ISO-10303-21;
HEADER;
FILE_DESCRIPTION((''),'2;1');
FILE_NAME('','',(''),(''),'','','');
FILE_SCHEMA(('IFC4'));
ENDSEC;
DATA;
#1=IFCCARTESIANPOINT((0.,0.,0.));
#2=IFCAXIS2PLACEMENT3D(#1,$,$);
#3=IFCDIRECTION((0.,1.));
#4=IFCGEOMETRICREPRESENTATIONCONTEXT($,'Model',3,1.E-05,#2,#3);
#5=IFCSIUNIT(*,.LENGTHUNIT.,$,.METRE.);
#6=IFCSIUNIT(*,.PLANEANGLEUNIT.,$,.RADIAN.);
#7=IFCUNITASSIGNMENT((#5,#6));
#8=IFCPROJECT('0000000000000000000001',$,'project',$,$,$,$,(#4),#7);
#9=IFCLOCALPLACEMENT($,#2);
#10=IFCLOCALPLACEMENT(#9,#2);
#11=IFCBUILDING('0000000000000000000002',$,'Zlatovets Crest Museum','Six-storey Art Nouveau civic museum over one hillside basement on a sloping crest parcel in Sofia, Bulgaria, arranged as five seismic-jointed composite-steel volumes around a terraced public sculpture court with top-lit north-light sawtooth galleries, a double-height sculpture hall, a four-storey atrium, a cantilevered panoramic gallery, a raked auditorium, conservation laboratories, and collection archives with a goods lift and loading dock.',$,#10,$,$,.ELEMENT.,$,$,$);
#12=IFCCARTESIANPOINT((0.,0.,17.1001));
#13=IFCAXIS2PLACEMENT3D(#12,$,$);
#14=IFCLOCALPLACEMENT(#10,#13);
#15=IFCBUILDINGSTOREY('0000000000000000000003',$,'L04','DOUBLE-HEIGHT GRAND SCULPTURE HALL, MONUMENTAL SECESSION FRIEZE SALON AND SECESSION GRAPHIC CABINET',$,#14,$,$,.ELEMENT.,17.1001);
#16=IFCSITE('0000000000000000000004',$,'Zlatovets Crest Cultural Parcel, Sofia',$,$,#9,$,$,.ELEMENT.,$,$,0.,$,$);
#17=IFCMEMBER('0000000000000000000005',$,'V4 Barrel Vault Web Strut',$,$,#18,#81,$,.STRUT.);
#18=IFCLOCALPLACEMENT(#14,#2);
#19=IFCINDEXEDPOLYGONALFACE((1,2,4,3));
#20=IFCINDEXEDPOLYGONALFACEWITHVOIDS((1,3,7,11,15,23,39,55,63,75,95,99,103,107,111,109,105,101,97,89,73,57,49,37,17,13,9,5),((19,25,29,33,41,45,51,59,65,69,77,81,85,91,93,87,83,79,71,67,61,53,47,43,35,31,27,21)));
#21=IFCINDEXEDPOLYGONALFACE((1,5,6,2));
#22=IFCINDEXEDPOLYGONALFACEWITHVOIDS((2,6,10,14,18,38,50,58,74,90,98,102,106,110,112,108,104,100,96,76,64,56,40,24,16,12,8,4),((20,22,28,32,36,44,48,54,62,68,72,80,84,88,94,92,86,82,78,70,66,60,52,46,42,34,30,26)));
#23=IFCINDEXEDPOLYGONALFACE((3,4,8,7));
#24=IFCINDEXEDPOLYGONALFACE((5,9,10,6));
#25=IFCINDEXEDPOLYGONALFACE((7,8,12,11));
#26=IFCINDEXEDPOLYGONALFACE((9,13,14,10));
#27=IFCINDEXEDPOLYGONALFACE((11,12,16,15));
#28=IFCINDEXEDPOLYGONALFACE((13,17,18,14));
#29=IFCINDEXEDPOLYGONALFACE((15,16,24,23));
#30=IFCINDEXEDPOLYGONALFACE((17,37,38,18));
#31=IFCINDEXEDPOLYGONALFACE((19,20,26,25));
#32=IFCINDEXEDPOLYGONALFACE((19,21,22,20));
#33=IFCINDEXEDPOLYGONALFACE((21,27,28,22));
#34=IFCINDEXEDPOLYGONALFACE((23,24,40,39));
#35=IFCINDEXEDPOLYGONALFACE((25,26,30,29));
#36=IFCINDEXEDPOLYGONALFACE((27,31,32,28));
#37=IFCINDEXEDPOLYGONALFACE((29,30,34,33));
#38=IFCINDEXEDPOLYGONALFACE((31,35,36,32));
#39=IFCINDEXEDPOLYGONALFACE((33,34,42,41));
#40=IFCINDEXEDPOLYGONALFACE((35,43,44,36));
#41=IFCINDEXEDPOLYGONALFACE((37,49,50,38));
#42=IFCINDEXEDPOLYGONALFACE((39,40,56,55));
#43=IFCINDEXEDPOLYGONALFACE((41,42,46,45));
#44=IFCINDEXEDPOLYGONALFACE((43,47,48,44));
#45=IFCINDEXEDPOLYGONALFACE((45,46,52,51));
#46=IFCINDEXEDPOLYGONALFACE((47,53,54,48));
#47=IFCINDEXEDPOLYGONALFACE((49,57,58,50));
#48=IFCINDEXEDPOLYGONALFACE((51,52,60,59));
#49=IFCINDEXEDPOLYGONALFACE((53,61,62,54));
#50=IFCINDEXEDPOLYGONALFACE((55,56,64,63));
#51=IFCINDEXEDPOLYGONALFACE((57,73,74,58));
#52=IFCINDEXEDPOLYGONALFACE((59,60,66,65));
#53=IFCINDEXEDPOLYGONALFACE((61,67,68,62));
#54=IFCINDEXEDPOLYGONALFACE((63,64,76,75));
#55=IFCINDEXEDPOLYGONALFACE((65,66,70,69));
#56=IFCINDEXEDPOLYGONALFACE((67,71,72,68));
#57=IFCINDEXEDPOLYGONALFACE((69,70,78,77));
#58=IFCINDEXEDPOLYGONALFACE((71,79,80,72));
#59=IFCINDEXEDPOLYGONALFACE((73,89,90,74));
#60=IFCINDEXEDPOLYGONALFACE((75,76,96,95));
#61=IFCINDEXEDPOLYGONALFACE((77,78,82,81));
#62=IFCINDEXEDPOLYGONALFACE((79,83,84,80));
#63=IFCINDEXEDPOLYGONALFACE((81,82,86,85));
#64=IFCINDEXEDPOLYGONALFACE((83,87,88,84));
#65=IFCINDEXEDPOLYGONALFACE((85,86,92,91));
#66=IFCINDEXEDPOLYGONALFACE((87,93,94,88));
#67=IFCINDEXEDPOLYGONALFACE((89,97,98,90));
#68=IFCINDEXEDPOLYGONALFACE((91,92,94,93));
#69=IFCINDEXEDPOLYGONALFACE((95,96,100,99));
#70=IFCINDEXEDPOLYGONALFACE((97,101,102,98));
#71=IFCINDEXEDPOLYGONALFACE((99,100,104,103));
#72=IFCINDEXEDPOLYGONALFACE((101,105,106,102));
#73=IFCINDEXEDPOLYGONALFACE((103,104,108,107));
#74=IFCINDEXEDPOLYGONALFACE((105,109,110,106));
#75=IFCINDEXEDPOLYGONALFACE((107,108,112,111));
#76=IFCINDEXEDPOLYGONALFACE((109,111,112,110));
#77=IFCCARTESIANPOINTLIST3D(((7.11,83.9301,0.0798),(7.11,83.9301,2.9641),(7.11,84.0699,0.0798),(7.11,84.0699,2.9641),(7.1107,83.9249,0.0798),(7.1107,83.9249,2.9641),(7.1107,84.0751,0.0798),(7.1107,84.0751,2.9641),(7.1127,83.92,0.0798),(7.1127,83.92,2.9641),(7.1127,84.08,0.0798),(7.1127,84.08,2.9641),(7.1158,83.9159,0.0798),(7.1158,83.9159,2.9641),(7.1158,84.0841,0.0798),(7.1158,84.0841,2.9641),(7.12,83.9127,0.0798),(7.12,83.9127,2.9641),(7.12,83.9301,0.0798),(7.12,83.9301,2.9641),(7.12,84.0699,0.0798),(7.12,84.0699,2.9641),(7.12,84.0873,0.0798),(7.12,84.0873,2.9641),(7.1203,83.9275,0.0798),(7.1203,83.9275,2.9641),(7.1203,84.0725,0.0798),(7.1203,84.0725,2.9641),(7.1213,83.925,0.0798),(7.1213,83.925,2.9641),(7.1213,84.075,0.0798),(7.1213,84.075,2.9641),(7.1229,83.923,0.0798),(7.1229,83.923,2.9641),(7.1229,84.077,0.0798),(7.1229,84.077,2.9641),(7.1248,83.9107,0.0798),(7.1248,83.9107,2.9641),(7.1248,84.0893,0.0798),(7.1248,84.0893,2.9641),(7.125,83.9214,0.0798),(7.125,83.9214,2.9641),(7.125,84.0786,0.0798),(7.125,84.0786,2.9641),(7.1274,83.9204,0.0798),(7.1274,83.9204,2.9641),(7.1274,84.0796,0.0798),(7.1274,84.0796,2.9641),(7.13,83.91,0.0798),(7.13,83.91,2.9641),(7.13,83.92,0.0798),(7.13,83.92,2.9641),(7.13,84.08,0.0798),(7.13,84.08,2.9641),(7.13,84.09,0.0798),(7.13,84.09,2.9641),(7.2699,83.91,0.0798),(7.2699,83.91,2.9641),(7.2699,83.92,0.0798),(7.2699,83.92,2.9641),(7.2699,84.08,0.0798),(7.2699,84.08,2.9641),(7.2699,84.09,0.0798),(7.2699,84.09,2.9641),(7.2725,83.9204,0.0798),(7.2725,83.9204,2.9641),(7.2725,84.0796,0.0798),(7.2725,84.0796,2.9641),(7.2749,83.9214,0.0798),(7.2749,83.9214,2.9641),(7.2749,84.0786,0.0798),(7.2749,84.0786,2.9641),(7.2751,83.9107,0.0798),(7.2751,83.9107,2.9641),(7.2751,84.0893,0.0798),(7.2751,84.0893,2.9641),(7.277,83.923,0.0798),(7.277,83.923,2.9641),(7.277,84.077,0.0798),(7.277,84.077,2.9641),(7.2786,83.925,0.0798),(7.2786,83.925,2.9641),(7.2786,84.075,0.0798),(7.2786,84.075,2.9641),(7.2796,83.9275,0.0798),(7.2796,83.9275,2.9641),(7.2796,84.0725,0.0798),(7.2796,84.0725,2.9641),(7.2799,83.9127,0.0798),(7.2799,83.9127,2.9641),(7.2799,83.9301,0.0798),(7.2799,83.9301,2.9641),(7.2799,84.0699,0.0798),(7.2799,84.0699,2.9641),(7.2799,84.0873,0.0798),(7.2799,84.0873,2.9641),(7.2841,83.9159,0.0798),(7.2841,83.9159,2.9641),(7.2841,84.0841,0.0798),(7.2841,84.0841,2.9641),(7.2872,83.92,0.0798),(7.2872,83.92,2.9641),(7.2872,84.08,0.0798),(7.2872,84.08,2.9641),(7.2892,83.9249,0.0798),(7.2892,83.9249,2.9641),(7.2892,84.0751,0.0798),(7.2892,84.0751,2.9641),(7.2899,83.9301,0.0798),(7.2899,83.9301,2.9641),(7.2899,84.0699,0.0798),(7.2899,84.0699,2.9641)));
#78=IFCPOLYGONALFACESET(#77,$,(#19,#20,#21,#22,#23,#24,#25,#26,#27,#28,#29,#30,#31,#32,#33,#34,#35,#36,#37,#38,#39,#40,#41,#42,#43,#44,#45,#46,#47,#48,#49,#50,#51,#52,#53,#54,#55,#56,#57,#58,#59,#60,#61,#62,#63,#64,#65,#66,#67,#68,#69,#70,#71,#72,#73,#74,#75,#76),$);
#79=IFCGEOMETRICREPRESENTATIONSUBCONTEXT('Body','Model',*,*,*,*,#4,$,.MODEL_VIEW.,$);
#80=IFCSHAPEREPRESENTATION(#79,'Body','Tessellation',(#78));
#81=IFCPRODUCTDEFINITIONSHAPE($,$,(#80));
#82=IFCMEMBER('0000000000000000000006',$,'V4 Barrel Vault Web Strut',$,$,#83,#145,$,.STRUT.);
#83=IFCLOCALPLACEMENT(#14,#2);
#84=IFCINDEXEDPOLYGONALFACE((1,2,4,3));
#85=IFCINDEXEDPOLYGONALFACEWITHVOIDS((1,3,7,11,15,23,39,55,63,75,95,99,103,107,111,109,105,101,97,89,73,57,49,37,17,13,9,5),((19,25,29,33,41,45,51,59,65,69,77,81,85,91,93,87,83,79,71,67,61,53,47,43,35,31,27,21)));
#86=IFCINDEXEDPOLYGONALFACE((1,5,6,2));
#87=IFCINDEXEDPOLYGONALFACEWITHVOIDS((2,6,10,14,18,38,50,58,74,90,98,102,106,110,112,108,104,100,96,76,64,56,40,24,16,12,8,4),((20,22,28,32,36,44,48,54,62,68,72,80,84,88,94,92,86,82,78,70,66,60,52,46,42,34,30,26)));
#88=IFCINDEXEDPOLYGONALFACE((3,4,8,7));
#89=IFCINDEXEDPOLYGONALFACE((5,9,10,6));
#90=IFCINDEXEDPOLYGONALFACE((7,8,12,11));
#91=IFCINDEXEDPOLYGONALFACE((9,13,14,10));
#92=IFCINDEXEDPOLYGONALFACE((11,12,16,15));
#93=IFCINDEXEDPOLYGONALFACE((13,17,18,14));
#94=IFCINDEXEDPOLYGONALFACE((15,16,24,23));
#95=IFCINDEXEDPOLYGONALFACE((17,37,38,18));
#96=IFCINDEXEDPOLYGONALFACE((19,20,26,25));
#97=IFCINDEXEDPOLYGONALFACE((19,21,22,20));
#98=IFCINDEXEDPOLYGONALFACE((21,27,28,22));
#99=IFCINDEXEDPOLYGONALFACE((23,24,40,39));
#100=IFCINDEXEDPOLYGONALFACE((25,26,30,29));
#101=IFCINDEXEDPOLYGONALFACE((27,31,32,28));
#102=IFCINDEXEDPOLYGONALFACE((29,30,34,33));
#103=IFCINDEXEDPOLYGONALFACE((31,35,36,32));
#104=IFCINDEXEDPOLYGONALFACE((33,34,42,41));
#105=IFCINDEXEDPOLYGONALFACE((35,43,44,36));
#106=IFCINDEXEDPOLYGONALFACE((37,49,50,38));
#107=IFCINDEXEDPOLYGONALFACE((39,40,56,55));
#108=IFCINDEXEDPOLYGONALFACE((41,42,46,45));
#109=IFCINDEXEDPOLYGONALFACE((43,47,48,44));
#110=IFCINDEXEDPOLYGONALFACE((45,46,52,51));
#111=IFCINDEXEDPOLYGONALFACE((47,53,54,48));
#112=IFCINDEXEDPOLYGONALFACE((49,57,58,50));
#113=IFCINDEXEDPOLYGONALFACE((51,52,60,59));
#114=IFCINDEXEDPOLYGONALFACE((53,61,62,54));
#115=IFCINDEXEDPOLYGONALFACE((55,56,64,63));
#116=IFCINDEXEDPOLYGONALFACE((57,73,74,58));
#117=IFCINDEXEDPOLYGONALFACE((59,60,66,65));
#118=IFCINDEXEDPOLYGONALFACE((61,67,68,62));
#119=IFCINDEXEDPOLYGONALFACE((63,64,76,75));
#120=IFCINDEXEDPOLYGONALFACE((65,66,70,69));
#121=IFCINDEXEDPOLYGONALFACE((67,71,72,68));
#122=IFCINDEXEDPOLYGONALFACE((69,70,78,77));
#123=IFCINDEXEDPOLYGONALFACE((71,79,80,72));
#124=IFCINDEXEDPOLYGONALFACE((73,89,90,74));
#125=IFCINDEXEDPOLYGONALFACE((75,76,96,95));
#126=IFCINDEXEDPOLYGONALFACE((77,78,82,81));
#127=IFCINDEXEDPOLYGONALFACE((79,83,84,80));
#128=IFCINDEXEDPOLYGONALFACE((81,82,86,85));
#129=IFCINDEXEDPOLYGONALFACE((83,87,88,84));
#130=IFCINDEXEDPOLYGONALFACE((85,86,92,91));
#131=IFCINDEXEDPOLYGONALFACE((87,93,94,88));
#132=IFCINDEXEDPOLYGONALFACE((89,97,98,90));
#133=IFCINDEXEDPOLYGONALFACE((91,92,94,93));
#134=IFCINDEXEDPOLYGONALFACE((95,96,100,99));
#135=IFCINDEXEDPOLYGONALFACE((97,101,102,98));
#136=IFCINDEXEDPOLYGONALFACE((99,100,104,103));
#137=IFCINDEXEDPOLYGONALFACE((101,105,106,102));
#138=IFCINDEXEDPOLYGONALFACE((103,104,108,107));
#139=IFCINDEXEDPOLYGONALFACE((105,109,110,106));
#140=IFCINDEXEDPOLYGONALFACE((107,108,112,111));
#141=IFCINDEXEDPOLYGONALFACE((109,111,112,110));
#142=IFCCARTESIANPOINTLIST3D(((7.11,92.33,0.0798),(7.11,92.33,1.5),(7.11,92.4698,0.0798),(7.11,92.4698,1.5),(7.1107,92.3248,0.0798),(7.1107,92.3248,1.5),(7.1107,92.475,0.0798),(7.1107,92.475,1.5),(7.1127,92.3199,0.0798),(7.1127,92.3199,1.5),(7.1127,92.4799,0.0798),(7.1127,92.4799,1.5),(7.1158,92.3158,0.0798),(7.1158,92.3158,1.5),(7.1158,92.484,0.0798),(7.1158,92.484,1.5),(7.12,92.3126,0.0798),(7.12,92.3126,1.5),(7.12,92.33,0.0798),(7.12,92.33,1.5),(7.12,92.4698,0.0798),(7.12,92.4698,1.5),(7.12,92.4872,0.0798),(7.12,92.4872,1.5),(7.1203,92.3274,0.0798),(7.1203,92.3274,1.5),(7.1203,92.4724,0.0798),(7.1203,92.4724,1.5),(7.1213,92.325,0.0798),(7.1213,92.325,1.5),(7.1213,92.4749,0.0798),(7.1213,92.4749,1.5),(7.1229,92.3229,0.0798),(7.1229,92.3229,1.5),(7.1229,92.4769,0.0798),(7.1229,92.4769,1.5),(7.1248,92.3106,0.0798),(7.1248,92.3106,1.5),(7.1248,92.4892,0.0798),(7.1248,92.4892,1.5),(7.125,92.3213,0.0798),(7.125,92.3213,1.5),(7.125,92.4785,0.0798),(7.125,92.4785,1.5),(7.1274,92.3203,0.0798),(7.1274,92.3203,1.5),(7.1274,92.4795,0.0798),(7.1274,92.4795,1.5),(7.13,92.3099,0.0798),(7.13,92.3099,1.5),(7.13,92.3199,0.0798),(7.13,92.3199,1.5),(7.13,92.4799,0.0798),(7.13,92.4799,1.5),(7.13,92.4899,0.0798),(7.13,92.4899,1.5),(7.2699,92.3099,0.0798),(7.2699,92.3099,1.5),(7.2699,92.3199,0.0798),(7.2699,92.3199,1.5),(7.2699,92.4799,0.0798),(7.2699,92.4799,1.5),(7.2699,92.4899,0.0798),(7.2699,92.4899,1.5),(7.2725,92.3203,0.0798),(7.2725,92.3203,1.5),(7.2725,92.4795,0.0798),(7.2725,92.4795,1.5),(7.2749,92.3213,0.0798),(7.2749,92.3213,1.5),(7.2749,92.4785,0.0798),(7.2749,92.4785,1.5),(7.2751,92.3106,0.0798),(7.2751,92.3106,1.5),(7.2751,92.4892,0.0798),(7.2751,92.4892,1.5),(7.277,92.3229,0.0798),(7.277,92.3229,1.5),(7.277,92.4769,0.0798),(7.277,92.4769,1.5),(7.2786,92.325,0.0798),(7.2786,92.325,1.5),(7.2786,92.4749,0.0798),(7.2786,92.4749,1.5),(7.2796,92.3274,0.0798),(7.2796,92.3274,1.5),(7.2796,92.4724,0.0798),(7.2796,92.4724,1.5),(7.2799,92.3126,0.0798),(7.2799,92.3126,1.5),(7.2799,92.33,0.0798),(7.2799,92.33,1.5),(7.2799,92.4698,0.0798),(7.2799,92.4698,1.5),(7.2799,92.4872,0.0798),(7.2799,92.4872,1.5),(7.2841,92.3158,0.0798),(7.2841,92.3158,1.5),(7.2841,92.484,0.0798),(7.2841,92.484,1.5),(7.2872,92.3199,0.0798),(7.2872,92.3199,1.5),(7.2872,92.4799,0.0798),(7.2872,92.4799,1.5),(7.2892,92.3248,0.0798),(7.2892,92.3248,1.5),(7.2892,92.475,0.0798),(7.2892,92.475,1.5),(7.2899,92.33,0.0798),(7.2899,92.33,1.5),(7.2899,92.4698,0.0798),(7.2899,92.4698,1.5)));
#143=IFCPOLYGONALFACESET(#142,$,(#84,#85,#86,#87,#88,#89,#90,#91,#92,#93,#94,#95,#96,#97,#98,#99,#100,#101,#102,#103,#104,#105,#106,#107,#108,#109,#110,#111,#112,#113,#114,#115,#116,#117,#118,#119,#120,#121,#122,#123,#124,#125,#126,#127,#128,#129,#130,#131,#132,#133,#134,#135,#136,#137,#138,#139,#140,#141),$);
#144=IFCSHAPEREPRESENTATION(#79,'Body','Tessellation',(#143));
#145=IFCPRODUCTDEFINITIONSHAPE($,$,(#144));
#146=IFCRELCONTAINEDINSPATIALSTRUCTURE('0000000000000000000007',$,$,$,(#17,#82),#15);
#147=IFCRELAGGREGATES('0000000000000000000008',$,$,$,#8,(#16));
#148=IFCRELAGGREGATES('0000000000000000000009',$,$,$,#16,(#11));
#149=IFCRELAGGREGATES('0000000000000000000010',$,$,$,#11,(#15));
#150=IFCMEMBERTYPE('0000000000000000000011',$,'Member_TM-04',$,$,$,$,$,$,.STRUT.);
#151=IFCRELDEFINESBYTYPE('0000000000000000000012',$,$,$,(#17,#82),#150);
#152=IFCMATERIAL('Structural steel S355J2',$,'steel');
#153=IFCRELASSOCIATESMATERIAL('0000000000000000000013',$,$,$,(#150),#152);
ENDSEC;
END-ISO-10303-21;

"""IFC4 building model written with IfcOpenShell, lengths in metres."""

from ifc_helpers import new_model, si_unit, direction, frame, origin, origin_2d, place, context, subcontext, project, spatial, hollow_rectangle, extrude, material, material_profile, profile_set, type_object, element, save


model = new_model("IFC4")

# Units and contexts
model_context = context("Model", 3, precision=1e-05, world=origin(), true_north=direction((0.0, 1.0)))
body_context = subcontext(model_context, "Body", "Model", "MODEL_VIEW")
ifc_project = project(units=[si_unit("LENGTHUNIT", "METRE"), si_unit("PLANEANGLEUNIT", "RADIAN")], contexts=[model_context])

# Site, building, storey
site_placement = place(None, origin())
site = spatial("IfcSite", under=ifc_project, at=site_placement, Name="Zlatovets Crest Cultural Parcel, Sofia", CompositionType="ELEMENT", RefElevation=0.0)
building_placement = place(site_placement, origin())
building = spatial("IfcBuilding", under=site, at=building_placement, Name="Zlatovets Crest Museum", Description="Six-storey Art Nouveau civic museum over one hillside basement on a sloping crest parcel in Sofia, Bulgaria, arranged as five seismic-jointed composite-steel volumes around a terraced public sculpture court with top-lit north-light sawtooth galleries, a double-height sculpture hall, a four-storey atrium, a cantilevered panoramic gallery, a raked auditorium, conservation laboratories, and collection archives with a goods lift and loading dock.", CompositionType="ELEMENT")
storey_placement = place(building_placement, frame((0.0, 0.0, 17.1001)))
storey = spatial("IfcBuildingStorey", under=building, at=storey_placement, Name="L04", Description="DOUBLE-HEIGHT GRAND SCULPTURE HALL, MONUMENTAL SECESSION FRIEZE SALON AND SECESSION GRAPHIC CABINET", CompositionType="ELEMENT", Elevation=17.1001)

# Shared definitions
ifc_material_1 = material(Name="Structural steel S355J2", Category="steel")

# Members
ifc_material_profile_1 = material_profile(ifc_material_1, hollow_rectangle(XDim=0.1799, YDim=0.1799, WallThickness=0.01, InnerFilletRadius=0.01, OuterFilletRadius=0.02, at=origin_2d()), Name="SHS 180x180x10.0")
ifc_profile_set_1 = profile_set([ifc_material_profile_1], Name="Structural steel S355J2")
member_type_1 = type_object("IfcMemberType", Name="Member_TM-04", PredefinedType="STRUT", material=ifc_profile_set_1)
member_1_placement = place(storey_placement, frame((7.2, 84.0, 0.0798), z_axis=(0.0, 0.0, 1.0), x_axis=(1.0, 0.0, 0.0)))
element("IfcMember", 1, at=member_1_placement, inside=storey, type_object=member_type_1, Name="V4 Barrel Vault Web Strut", PredefinedType="STRUT", context=body_context, shape_type="SweptSolid", body=[
    extrude(hollow_rectangle(XDim=0.1799, YDim=0.1799, WallThickness=0.01, InnerFilletRadius=0.01, OuterFilletRadius=0.02, at=origin_2d()), origin(), (0.0, 0.0, 1.0), 2.8843),
])
member_2_placement = place(storey_placement, frame((7.2, 92.3999, 0.0798), z_axis=(0.0, 0.0, 1.0), x_axis=(1.0, 0.0, 0.0)))
element("IfcMember", 2, at=member_2_placement, inside=storey, type_object=member_type_1, Name="V4 Barrel Vault Web Strut", PredefinedType="STRUT", context=body_context, shape_type="SweptSolid", body=[
    extrude(hollow_rectangle(XDim=0.1799, YDim=0.1799, WallThickness=0.01, InnerFilletRadius=0.01, OuterFilletRadius=0.02, at=origin_2d()), origin(), (0.0, 0.0, 1.0), 1.4202),
])

save(model, "model.ifc")
